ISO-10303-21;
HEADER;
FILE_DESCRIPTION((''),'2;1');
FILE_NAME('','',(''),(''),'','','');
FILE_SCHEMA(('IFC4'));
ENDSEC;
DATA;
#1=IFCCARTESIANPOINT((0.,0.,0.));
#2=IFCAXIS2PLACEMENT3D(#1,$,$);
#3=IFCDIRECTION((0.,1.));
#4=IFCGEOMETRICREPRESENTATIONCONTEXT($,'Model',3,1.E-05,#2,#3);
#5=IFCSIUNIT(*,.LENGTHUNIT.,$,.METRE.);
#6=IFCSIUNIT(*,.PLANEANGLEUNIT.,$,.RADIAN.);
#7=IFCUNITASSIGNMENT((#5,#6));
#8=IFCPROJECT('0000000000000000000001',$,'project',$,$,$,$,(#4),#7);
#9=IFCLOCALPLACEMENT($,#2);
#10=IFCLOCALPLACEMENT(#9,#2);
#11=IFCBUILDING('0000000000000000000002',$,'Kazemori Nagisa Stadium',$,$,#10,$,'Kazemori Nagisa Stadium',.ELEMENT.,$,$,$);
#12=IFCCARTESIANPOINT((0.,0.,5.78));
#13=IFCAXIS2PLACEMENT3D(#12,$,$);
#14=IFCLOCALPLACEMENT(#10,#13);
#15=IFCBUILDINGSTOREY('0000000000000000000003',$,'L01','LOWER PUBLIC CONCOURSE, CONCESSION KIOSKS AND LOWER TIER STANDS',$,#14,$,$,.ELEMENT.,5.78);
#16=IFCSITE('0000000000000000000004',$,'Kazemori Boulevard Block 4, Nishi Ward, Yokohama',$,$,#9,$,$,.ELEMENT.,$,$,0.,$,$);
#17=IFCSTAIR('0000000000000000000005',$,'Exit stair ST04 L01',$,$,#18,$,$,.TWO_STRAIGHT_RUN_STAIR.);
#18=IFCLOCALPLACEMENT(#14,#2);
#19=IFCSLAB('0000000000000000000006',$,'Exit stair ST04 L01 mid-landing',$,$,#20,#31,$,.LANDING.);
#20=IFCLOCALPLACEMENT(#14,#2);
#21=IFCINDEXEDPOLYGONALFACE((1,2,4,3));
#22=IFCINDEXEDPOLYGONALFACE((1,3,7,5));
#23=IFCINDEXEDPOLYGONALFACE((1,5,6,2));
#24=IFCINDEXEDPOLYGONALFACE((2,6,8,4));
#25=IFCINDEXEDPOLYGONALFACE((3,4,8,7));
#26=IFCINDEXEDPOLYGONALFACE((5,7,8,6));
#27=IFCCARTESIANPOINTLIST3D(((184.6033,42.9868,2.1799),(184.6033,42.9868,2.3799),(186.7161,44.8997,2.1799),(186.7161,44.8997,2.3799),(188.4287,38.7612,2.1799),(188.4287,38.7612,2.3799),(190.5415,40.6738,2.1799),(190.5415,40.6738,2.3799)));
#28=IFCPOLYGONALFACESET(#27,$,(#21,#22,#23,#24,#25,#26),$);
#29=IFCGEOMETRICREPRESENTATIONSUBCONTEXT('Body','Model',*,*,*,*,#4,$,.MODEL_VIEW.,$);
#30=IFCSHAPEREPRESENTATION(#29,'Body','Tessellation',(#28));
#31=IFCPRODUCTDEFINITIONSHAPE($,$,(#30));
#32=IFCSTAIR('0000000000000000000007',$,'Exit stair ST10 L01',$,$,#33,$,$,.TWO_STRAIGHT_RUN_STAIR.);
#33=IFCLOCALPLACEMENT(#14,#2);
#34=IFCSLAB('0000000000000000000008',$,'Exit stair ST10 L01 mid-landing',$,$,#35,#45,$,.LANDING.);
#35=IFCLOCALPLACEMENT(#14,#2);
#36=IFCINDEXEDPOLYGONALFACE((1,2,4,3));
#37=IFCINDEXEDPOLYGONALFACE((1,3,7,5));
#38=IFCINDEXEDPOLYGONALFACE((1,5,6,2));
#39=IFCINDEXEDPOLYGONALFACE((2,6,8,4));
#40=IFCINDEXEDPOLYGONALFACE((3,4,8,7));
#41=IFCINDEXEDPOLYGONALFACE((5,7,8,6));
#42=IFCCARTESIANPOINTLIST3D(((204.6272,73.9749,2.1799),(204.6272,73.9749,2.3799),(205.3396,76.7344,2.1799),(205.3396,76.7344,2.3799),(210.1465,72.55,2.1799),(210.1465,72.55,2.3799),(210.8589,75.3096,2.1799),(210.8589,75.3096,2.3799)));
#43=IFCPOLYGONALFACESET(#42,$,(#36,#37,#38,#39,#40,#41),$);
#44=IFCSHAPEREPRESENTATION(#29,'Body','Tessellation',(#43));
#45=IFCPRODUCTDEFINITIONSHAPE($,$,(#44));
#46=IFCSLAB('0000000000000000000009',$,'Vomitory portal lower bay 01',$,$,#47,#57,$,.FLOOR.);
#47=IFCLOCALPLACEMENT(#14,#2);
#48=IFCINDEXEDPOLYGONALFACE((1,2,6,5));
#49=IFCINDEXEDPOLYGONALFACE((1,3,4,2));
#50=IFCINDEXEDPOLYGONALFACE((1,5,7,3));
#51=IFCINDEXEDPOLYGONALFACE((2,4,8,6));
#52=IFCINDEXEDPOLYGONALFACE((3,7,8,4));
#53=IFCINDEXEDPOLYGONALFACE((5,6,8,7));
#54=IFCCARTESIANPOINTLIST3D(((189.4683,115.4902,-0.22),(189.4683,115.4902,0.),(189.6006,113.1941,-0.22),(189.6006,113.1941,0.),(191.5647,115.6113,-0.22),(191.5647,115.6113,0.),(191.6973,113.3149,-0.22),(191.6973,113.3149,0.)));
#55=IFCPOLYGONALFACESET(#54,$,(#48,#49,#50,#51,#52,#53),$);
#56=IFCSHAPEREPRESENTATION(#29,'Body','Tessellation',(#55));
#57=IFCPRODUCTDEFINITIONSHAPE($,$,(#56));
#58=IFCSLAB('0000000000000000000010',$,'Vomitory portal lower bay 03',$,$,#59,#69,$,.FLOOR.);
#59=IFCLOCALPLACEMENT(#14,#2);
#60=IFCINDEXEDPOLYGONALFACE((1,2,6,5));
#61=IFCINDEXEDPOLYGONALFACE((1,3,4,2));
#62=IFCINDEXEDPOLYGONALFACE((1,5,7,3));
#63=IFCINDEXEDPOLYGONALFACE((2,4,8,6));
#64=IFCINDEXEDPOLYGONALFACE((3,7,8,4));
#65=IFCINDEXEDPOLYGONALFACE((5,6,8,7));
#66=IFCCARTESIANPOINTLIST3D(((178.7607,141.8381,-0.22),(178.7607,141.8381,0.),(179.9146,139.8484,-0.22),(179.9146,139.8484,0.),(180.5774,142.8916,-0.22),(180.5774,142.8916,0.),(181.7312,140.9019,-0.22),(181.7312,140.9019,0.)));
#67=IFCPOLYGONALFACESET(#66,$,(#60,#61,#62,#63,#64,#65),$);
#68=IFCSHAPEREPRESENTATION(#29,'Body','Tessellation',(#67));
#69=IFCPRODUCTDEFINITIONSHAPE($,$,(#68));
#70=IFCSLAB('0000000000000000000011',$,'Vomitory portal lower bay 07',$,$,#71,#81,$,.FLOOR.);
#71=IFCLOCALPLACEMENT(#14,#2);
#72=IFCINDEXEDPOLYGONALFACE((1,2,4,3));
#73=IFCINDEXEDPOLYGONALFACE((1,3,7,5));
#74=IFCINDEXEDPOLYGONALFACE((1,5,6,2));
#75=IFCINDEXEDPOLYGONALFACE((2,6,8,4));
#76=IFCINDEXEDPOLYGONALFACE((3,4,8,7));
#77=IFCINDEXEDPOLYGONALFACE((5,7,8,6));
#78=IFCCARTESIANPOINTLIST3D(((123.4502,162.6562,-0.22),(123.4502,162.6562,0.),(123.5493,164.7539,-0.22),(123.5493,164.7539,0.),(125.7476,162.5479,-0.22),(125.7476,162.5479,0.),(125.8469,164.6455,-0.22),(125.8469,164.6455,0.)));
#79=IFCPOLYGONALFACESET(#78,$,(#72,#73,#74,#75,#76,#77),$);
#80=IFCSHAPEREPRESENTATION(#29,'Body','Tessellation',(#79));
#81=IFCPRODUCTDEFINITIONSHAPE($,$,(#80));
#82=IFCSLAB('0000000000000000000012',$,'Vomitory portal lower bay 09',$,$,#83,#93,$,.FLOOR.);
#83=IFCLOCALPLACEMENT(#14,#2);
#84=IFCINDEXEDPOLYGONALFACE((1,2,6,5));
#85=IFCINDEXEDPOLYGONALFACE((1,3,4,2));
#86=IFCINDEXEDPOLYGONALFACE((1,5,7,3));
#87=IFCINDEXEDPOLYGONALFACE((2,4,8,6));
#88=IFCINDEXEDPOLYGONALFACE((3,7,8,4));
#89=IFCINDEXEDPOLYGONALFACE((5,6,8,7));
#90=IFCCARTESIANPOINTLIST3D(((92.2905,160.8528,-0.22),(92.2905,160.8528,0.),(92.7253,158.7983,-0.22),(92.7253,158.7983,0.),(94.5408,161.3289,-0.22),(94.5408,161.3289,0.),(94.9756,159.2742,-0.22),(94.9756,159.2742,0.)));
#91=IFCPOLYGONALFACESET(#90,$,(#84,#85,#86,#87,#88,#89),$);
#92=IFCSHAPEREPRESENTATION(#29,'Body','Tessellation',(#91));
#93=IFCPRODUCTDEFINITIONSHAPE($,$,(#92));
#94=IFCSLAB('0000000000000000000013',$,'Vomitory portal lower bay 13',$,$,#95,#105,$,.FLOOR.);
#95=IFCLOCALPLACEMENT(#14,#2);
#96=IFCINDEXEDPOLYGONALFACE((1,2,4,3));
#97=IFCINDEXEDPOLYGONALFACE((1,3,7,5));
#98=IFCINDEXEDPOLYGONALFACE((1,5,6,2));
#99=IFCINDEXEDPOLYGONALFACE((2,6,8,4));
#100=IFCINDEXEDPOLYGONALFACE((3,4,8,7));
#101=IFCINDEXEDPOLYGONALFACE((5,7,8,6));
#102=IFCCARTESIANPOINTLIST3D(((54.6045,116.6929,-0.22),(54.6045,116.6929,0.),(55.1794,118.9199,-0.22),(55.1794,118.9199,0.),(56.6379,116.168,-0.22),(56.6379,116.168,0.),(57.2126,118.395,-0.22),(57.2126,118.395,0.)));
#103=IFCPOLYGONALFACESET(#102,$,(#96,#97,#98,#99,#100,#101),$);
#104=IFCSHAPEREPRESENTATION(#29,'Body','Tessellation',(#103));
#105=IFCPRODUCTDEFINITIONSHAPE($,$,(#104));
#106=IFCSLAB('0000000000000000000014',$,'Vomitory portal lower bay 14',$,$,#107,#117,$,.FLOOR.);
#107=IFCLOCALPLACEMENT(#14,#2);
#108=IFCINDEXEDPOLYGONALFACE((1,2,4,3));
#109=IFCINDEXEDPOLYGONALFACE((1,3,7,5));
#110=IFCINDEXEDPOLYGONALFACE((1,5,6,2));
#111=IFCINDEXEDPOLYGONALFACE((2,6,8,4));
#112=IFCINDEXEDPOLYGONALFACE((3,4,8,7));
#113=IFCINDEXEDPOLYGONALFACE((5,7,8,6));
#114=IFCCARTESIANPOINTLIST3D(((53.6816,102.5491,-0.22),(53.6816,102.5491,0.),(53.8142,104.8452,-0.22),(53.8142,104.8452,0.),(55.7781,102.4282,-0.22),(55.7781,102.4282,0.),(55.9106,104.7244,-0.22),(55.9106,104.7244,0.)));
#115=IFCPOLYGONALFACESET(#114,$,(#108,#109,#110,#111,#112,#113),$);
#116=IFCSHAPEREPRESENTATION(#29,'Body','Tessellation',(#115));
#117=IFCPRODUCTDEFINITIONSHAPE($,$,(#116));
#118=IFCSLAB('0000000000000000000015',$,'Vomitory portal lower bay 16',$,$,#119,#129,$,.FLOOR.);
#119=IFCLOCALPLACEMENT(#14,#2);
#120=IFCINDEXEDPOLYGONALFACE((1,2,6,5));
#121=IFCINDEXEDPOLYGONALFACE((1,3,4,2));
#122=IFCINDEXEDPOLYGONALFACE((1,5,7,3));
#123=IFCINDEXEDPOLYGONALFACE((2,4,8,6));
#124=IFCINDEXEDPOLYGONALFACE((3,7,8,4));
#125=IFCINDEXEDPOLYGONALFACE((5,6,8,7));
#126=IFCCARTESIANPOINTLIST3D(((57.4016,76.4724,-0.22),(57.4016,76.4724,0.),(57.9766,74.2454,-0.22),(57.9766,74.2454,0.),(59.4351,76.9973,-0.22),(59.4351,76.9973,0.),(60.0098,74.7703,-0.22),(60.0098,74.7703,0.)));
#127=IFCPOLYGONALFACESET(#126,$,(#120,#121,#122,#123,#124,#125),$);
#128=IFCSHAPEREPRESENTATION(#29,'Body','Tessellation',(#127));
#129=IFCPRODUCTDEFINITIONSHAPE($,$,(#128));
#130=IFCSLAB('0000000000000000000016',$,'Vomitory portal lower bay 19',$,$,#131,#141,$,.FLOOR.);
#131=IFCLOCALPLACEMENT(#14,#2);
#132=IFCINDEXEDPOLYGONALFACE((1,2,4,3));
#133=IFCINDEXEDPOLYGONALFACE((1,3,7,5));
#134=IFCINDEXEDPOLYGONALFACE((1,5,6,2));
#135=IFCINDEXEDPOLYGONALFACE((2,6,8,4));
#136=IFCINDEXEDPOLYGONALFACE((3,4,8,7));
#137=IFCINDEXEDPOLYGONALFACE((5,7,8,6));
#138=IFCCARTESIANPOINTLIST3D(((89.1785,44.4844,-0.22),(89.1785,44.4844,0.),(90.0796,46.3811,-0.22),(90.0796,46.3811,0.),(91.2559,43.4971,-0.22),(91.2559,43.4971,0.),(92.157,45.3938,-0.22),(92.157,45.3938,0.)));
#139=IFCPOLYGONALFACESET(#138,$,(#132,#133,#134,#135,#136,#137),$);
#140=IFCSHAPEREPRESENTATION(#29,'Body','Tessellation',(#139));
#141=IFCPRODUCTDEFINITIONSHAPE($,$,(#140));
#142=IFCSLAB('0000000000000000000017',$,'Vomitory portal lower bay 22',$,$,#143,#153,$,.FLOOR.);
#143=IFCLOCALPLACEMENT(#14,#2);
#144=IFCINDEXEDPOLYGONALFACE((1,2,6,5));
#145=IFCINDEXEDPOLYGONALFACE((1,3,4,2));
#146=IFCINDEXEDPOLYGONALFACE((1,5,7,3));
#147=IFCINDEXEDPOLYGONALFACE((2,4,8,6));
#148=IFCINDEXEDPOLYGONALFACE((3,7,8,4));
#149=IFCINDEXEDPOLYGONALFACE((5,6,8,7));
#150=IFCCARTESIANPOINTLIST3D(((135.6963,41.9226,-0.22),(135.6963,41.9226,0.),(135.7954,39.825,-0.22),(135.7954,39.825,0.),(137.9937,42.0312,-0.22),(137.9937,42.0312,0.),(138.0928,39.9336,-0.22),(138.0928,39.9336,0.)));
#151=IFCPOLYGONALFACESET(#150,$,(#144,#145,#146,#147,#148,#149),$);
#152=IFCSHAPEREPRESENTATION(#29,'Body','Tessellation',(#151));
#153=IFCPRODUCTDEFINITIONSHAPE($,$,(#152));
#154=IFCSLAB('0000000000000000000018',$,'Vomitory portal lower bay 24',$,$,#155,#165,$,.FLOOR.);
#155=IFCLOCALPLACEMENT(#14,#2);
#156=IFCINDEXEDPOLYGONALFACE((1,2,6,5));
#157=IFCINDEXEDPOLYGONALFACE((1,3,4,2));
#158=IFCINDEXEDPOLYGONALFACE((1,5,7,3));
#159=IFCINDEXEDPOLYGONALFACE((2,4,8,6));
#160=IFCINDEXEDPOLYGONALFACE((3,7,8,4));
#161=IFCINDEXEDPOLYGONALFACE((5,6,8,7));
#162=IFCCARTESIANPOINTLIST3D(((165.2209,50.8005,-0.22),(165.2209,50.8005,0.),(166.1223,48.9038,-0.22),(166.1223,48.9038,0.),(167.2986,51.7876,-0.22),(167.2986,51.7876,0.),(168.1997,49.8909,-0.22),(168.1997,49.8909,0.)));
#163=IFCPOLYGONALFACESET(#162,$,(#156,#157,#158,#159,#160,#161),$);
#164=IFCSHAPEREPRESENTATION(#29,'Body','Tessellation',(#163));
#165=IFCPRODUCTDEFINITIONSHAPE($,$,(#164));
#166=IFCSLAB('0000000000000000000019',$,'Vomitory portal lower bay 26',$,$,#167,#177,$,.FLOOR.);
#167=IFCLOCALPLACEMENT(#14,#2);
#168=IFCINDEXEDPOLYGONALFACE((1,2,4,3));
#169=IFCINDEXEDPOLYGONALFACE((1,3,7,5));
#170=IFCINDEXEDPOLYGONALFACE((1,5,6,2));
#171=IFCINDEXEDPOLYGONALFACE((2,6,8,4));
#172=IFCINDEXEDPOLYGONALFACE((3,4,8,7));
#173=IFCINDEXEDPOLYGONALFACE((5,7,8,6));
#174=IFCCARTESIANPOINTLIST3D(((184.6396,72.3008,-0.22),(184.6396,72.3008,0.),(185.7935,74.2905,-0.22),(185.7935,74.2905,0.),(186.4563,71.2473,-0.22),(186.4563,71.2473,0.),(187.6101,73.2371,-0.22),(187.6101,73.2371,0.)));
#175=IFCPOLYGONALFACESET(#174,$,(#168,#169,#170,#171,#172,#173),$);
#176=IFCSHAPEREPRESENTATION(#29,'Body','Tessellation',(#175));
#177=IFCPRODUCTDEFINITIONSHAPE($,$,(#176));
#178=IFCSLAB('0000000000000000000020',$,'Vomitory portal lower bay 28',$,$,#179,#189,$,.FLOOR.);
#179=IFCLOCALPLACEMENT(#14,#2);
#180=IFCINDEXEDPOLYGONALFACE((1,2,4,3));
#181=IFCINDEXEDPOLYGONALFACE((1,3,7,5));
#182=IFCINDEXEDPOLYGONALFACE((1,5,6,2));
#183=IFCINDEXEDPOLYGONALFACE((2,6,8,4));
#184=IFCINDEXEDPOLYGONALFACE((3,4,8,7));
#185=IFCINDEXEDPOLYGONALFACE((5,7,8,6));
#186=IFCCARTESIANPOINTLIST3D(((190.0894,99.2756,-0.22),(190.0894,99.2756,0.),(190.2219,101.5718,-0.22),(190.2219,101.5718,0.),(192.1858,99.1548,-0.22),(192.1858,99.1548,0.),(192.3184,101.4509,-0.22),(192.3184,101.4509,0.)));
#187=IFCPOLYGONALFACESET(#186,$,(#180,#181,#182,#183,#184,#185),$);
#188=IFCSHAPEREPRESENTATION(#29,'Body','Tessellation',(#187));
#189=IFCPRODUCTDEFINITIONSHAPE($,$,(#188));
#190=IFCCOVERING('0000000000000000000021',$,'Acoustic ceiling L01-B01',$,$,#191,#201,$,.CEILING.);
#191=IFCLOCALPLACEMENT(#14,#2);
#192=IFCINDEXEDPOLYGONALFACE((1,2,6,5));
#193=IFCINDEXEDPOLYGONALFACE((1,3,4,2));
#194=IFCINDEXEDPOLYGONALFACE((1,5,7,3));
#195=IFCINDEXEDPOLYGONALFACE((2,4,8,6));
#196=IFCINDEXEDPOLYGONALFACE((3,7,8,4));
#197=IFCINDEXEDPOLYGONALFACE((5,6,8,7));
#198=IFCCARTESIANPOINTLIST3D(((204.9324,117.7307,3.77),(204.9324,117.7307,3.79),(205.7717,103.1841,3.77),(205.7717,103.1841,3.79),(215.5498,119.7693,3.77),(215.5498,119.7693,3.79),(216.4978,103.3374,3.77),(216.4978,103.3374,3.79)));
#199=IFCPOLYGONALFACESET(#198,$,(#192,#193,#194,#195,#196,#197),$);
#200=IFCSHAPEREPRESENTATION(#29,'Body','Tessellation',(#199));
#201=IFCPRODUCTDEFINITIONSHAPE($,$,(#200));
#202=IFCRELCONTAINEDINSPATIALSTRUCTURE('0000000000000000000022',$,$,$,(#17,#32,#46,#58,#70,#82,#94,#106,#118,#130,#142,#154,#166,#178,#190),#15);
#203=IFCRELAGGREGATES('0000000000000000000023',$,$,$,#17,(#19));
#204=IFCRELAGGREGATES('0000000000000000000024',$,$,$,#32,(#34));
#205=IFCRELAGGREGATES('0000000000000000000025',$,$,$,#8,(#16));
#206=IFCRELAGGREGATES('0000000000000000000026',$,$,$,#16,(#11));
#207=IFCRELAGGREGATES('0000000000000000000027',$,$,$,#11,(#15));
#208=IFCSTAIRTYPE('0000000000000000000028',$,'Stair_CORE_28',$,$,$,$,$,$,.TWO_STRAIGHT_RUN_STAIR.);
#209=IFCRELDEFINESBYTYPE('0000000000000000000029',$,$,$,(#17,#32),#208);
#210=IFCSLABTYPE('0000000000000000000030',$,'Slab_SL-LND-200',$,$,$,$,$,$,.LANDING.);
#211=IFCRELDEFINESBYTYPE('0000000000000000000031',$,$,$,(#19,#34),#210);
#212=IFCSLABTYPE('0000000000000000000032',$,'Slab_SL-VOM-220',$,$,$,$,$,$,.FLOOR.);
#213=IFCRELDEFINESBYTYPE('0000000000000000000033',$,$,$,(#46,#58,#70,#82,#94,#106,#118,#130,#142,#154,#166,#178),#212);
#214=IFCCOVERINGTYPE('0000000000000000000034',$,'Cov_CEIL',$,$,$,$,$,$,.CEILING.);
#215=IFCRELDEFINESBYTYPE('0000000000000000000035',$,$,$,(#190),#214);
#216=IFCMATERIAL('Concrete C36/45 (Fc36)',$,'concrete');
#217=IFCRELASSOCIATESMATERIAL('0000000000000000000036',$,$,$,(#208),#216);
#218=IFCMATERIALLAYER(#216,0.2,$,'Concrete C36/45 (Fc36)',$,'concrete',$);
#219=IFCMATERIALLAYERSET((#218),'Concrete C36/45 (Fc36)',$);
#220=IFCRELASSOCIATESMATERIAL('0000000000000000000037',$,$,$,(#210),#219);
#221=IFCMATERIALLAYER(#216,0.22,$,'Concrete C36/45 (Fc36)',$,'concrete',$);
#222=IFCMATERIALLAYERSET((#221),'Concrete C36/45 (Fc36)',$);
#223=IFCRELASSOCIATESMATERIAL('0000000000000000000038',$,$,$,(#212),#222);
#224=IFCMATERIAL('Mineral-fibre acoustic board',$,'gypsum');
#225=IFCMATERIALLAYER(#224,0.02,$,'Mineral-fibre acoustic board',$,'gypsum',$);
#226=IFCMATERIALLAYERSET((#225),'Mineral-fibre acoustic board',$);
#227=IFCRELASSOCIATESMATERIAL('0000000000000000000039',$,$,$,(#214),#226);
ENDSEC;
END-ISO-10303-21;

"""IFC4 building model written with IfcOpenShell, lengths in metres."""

from ifc_helpers import new_model, si_unit, direction, frame, origin, place, context, subcontext, project, spatial, polyline, outline, extrude, material, layer, layer_set, type_object, element, aggregate, save


model = new_model("IFC4")

# Units and contexts
model_context = context("Model", 3, precision=1e-05, world=origin(), true_north=direction((0.0, 1.0)))
body_context = subcontext(model_context, "Body", "Model", "MODEL_VIEW")
ifc_project = project(units=[si_unit("LENGTHUNIT", "METRE"), si_unit("PLANEANGLEUNIT", "RADIAN")], contexts=[model_context])

# Site, building, storey
site_placement = place(None, origin())
site = spatial("IfcSite", under=ifc_project, at=site_placement, Name="Kazemori Boulevard Block 4, Nishi Ward, Yokohama", CompositionType="ELEMENT", RefElevation=0.0)
building_placement = place(site_placement, origin())
building = spatial("IfcBuilding", under=site, at=building_placement, Name="Kazemori Nagisa Stadium", LongName="Kazemori Nagisa Stadium", CompositionType="ELEMENT")
storey_placement = place(building_placement, frame((0.0, 0.0, 5.78)))
storey = spatial("IfcBuildingStorey", under=building, at=storey_placement, Name="L01", Description="LOWER PUBLIC CONCOURSE, CONCESSION KIOSKS AND LOWER TIER STANDS", CompositionType="ELEMENT", Elevation=5.78)

# Shared definitions
ifc_material_1 = material(Name="Concrete C36/45 (Fc36)", Category="concrete")

# Stairs, slabs
stair_type = type_object("IfcStairType", Name="Stair_CORE_28", PredefinedType="TWO_STRAIGHT_RUN_STAIR", material=ifc_material_1)
ifc_layer_1 = layer(ifc_material_1, 0.2, Name="Concrete C36/45 (Fc36)", Category="concrete")
ifc_layer_set_1 = layer_set([ifc_layer_1], Name="Concrete C36/45 (Fc36)")
slab_type_1 = type_object("IfcSlabType", Name="Slab_SL-LND-200", PredefinedType="LANDING", material=ifc_layer_set_1)
stair_1_placement = place(storey_placement, origin())
stair_1 = element("IfcStair", 1, at=stair_1_placement, inside=storey, type_object=stair_type, Name="Exit stair ST04 L01", PredefinedType="TWO_STRAIGHT_RUN_STAIR")
slab_1_placement = place(storey_placement, frame((0.0, 0.0, 2.1799)))
slab_1 = element("IfcSlab", 2, at=slab_1_placement, type_object=slab_type_1, Name="Exit stair ST04 L01 mid-landing", PredefinedType="LANDING", context=body_context, shape_type="SweptSolid", body=[
    extrude(outline(polyline([(184.6033, 42.9868), (186.7161, 44.8997), (190.5415, 40.6738), (188.4287, 38.7612), (184.6033, 42.9868)])), origin(), (0.0, 0.0, 1.0), 0.2),
])
aggregate(stair_1, [slab_1])
stair_2_placement = place(storey_placement, origin())
stair_2 = element("IfcStair", 3, at=stair_2_placement, inside=storey, type_object=stair_type, Name="Exit stair ST10 L01", PredefinedType="TWO_STRAIGHT_RUN_STAIR")
slab_2_placement = place(storey_placement, frame((0.0, 0.0, 2.1799)))
slab_2 = element("IfcSlab", 4, at=slab_2_placement, type_object=slab_type_1, Name="Exit stair ST10 L01 mid-landing", PredefinedType="LANDING", context=body_context, shape_type="SweptSolid", body=[
    extrude(outline(polyline([(204.6272, 73.9749), (205.3396, 76.7344), (210.8589, 75.3096), (210.1465, 72.55), (204.6272, 73.9749)])), origin(), (0.0, 0.0, 1.0), 0.2),
])
aggregate(stair_2, [slab_2])

# Slabs
ifc_layer_2 = layer(ifc_material_1, 0.22, Name="Concrete C36/45 (Fc36)", Category="concrete")
ifc_layer_set_2 = layer_set([ifc_layer_2], Name="Concrete C36/45 (Fc36)")
slab_type_2 = type_object("IfcSlabType", Name="Slab_SL-VOM-220", PredefinedType="FLOOR", material=ifc_layer_set_2)
slab_3_placement = place(storey_placement, frame((0.0, 0.0, -0.22)))
element("IfcSlab", 5, at=slab_3_placement, inside=storey, type_object=slab_type_2, Name="Vomitory portal lower bay 01", PredefinedType="FLOOR", context=body_context, shape_type="SweptSolid", body=[
    extrude(outline(polyline([(191.5647, 115.6113), (191.6973, 113.3149), (189.6006, 113.1941), (189.4683, 115.4902), (191.5647, 115.6113)])), origin(), (0.0, 0.0, 1.0), 0.22),
])
slab_4_placement = place(storey_placement, frame((0.0, 0.0, -0.22)))
element("IfcSlab", 6, at=slab_4_placement, inside=storey, type_object=slab_type_2, Name="Vomitory portal lower bay 03", PredefinedType="FLOOR", context=body_context, shape_type="SweptSolid", body=[
    extrude(outline(polyline([(180.5774, 142.8916), (181.7312, 140.9019), (179.9146, 139.8484), (178.7607, 141.8381), (180.5774, 142.8916)])), origin(), (0.0, 0.0, 1.0), 0.22),
])
slab_5_placement = place(storey_placement, frame((0.0, 0.0, -0.22)))
element("IfcSlab", 7, at=slab_5_placement, inside=storey, type_object=slab_type_2, Name="Vomitory portal lower bay 07", PredefinedType="FLOOR", context=body_context, shape_type="SweptSolid", body=[
    extrude(outline(polyline([(123.5493, 164.7539), (125.8469, 164.6455), (125.7476, 162.5479), (123.4502, 162.6562), (123.5493, 164.7539)])), origin(), (0.0, 0.0, 1.0), 0.22),
])
slab_6_placement = place(storey_placement, frame((0.0, 0.0, -0.22)))
element("IfcSlab", 8, at=slab_6_placement, inside=storey, type_object=slab_type_2, Name="Vomitory portal lower bay 09", PredefinedType="FLOOR", context=body_context, shape_type="SweptSolid", body=[
    extrude(outline(polyline([(92.2905, 160.8528), (94.5408, 161.3289), (94.9756, 159.2742), (92.7253, 158.7983), (92.2905, 160.8528)])), origin(), (0.0, 0.0, 1.0), 0.22),
])
slab_7_placement = place(storey_placement, frame((0.0, 0.0, -0.22)))
element("IfcSlab", 9, at=slab_7_placement, inside=storey, type_object=slab_type_2, Name="Vomitory portal lower bay 13", PredefinedType="FLOOR", context=body_context, shape_type="SweptSolid", body=[
    extrude(outline(polyline([(54.6045, 116.6929), (55.1794, 118.9199), (57.2126, 118.395), (56.6379, 116.168), (54.6045, 116.6929)])), origin(), (0.0, 0.0, 1.0), 0.22),
])
slab_8_placement = place(storey_placement, frame((0.0, 0.0, -0.22)))
element("IfcSlab", 10, at=slab_8_placement, inside=storey, type_object=slab_type_2, Name="Vomitory portal lower bay 14", PredefinedType="FLOOR", context=body_context, shape_type="SweptSolid", body=[
    extrude(outline(polyline([(53.6816, 102.5491), (53.8142, 104.8452), (55.9106, 104.7244), (55.7781, 102.4282), (53.6816, 102.5491)])), origin(), (0.0, 0.0, 1.0), 0.22),
])
slab_9_placement = place(storey_placement, frame((0.0, 0.0, -0.22)))
element("IfcSlab", 11, at=slab_9_placement, inside=storey, type_object=slab_type_2, Name="Vomitory portal lower bay 16", PredefinedType="FLOOR", context=body_context, shape_type="SweptSolid", body=[
    extrude(outline(polyline([(57.9766, 74.2454), (57.4016, 76.4724), (59.4351, 76.9973), (60.0098, 74.7703), (57.9766, 74.2454)])), origin(), (0.0, 0.0, 1.0), 0.22),
])
slab_10_placement = place(storey_placement, frame((0.0, 0.0, -0.22)))
element("IfcSlab", 12, at=slab_10_placement, inside=storey, type_object=slab_type_2, Name="Vomitory portal lower bay 19", PredefinedType="FLOOR", context=body_context, shape_type="SweptSolid", body=[
    extrude(outline(polyline([(91.2559, 43.4971), (89.1785, 44.4844), (90.0796, 46.3811), (92.157, 45.3938), (91.2559, 43.4971)])), origin(), (0.0, 0.0, 1.0), 0.22),
])
slab_11_placement = place(storey_placement, frame((0.0, 0.0, -0.22)))
element("IfcSlab", 13, at=slab_11_placement, inside=storey, type_object=slab_type_2, Name="Vomitory portal lower bay 22", PredefinedType="FLOOR", context=body_context, shape_type="SweptSolid", body=[
    extrude(outline(polyline([(138.0928, 39.9336), (135.7954, 39.825), (135.6963, 41.9226), (137.9937, 42.0312), (138.0928, 39.9336)])), origin(), (0.0, 0.0, 1.0), 0.22),
])
slab_12_placement = place(storey_placement, frame((0.0, 0.0, -0.22)))
element("IfcSlab", 14, at=slab_12_placement, inside=storey, type_object=slab_type_2, Name="Vomitory portal lower bay 24", PredefinedType="FLOOR", context=body_context, shape_type="SweptSolid", body=[
    extrude(outline(polyline([(168.1997, 49.8909), (166.1223, 48.9038), (165.2209, 50.8005), (167.2986, 51.7876), (168.1997, 49.8909)])), origin(), (0.0, 0.0, 1.0), 0.22),
])
slab_13_placement = place(storey_placement, frame((0.0, 0.0, -0.22)))
element("IfcSlab", 15, at=slab_13_placement, inside=storey, type_object=slab_type_2, Name="Vomitory portal lower bay 26", PredefinedType="FLOOR", context=body_context, shape_type="SweptSolid", body=[
    extrude(outline(polyline([(187.6101, 73.2371), (186.4563, 71.2473), (184.6396, 72.3008), (185.7935, 74.2905), (187.6101, 73.2371)])), origin(), (0.0, 0.0, 1.0), 0.22),
])
slab_14_placement = place(storey_placement, frame((0.0, 0.0, -0.22)))
element("IfcSlab", 16, at=slab_14_placement, inside=storey, type_object=slab_type_2, Name="Vomitory portal lower bay 28", PredefinedType="FLOOR", context=body_context, shape_type="SweptSolid", body=[
    extrude(outline(polyline([(192.3184, 101.4509), (192.1858, 99.1548), (190.0894, 99.2756), (190.2219, 101.5718), (192.3184, 101.4509)])), origin(), (0.0, 0.0, 1.0), 0.22),
])

# Covering
ifc_material_2 = material(Name="Mineral-fibre acoustic board", Category="gypsum")
ifc_layer_3 = layer(ifc_material_2, 0.02, Name="Mineral-fibre acoustic board", Category="gypsum")
ifc_layer_set_3 = layer_set([ifc_layer_3], Name="Mineral-fibre acoustic board")
covering_type_1 = type_object("IfcCoveringType", Name="Cov_CEIL", PredefinedType="CEILING", material=ifc_layer_set_3)
covering_1_placement = place(storey_placement, frame((0.0, 0.0, 3.77)))
element("IfcCovering", 17, at=covering_1_placement, inside=storey, type_object=covering_type_1, Name="Acoustic ceiling L01-B01", PredefinedType="CEILING", context=body_context, shape_type="SweptSolid", body=[
    extrude(outline(polyline([(205.7717, 103.1841), (204.9324, 117.7307), (215.5498, 119.7693), (216.4978, 103.3374), (205.7717, 103.1841)])), origin(), (0.0, 0.0, 1.0), 0.02),
])

save(model, "model.ifc")
